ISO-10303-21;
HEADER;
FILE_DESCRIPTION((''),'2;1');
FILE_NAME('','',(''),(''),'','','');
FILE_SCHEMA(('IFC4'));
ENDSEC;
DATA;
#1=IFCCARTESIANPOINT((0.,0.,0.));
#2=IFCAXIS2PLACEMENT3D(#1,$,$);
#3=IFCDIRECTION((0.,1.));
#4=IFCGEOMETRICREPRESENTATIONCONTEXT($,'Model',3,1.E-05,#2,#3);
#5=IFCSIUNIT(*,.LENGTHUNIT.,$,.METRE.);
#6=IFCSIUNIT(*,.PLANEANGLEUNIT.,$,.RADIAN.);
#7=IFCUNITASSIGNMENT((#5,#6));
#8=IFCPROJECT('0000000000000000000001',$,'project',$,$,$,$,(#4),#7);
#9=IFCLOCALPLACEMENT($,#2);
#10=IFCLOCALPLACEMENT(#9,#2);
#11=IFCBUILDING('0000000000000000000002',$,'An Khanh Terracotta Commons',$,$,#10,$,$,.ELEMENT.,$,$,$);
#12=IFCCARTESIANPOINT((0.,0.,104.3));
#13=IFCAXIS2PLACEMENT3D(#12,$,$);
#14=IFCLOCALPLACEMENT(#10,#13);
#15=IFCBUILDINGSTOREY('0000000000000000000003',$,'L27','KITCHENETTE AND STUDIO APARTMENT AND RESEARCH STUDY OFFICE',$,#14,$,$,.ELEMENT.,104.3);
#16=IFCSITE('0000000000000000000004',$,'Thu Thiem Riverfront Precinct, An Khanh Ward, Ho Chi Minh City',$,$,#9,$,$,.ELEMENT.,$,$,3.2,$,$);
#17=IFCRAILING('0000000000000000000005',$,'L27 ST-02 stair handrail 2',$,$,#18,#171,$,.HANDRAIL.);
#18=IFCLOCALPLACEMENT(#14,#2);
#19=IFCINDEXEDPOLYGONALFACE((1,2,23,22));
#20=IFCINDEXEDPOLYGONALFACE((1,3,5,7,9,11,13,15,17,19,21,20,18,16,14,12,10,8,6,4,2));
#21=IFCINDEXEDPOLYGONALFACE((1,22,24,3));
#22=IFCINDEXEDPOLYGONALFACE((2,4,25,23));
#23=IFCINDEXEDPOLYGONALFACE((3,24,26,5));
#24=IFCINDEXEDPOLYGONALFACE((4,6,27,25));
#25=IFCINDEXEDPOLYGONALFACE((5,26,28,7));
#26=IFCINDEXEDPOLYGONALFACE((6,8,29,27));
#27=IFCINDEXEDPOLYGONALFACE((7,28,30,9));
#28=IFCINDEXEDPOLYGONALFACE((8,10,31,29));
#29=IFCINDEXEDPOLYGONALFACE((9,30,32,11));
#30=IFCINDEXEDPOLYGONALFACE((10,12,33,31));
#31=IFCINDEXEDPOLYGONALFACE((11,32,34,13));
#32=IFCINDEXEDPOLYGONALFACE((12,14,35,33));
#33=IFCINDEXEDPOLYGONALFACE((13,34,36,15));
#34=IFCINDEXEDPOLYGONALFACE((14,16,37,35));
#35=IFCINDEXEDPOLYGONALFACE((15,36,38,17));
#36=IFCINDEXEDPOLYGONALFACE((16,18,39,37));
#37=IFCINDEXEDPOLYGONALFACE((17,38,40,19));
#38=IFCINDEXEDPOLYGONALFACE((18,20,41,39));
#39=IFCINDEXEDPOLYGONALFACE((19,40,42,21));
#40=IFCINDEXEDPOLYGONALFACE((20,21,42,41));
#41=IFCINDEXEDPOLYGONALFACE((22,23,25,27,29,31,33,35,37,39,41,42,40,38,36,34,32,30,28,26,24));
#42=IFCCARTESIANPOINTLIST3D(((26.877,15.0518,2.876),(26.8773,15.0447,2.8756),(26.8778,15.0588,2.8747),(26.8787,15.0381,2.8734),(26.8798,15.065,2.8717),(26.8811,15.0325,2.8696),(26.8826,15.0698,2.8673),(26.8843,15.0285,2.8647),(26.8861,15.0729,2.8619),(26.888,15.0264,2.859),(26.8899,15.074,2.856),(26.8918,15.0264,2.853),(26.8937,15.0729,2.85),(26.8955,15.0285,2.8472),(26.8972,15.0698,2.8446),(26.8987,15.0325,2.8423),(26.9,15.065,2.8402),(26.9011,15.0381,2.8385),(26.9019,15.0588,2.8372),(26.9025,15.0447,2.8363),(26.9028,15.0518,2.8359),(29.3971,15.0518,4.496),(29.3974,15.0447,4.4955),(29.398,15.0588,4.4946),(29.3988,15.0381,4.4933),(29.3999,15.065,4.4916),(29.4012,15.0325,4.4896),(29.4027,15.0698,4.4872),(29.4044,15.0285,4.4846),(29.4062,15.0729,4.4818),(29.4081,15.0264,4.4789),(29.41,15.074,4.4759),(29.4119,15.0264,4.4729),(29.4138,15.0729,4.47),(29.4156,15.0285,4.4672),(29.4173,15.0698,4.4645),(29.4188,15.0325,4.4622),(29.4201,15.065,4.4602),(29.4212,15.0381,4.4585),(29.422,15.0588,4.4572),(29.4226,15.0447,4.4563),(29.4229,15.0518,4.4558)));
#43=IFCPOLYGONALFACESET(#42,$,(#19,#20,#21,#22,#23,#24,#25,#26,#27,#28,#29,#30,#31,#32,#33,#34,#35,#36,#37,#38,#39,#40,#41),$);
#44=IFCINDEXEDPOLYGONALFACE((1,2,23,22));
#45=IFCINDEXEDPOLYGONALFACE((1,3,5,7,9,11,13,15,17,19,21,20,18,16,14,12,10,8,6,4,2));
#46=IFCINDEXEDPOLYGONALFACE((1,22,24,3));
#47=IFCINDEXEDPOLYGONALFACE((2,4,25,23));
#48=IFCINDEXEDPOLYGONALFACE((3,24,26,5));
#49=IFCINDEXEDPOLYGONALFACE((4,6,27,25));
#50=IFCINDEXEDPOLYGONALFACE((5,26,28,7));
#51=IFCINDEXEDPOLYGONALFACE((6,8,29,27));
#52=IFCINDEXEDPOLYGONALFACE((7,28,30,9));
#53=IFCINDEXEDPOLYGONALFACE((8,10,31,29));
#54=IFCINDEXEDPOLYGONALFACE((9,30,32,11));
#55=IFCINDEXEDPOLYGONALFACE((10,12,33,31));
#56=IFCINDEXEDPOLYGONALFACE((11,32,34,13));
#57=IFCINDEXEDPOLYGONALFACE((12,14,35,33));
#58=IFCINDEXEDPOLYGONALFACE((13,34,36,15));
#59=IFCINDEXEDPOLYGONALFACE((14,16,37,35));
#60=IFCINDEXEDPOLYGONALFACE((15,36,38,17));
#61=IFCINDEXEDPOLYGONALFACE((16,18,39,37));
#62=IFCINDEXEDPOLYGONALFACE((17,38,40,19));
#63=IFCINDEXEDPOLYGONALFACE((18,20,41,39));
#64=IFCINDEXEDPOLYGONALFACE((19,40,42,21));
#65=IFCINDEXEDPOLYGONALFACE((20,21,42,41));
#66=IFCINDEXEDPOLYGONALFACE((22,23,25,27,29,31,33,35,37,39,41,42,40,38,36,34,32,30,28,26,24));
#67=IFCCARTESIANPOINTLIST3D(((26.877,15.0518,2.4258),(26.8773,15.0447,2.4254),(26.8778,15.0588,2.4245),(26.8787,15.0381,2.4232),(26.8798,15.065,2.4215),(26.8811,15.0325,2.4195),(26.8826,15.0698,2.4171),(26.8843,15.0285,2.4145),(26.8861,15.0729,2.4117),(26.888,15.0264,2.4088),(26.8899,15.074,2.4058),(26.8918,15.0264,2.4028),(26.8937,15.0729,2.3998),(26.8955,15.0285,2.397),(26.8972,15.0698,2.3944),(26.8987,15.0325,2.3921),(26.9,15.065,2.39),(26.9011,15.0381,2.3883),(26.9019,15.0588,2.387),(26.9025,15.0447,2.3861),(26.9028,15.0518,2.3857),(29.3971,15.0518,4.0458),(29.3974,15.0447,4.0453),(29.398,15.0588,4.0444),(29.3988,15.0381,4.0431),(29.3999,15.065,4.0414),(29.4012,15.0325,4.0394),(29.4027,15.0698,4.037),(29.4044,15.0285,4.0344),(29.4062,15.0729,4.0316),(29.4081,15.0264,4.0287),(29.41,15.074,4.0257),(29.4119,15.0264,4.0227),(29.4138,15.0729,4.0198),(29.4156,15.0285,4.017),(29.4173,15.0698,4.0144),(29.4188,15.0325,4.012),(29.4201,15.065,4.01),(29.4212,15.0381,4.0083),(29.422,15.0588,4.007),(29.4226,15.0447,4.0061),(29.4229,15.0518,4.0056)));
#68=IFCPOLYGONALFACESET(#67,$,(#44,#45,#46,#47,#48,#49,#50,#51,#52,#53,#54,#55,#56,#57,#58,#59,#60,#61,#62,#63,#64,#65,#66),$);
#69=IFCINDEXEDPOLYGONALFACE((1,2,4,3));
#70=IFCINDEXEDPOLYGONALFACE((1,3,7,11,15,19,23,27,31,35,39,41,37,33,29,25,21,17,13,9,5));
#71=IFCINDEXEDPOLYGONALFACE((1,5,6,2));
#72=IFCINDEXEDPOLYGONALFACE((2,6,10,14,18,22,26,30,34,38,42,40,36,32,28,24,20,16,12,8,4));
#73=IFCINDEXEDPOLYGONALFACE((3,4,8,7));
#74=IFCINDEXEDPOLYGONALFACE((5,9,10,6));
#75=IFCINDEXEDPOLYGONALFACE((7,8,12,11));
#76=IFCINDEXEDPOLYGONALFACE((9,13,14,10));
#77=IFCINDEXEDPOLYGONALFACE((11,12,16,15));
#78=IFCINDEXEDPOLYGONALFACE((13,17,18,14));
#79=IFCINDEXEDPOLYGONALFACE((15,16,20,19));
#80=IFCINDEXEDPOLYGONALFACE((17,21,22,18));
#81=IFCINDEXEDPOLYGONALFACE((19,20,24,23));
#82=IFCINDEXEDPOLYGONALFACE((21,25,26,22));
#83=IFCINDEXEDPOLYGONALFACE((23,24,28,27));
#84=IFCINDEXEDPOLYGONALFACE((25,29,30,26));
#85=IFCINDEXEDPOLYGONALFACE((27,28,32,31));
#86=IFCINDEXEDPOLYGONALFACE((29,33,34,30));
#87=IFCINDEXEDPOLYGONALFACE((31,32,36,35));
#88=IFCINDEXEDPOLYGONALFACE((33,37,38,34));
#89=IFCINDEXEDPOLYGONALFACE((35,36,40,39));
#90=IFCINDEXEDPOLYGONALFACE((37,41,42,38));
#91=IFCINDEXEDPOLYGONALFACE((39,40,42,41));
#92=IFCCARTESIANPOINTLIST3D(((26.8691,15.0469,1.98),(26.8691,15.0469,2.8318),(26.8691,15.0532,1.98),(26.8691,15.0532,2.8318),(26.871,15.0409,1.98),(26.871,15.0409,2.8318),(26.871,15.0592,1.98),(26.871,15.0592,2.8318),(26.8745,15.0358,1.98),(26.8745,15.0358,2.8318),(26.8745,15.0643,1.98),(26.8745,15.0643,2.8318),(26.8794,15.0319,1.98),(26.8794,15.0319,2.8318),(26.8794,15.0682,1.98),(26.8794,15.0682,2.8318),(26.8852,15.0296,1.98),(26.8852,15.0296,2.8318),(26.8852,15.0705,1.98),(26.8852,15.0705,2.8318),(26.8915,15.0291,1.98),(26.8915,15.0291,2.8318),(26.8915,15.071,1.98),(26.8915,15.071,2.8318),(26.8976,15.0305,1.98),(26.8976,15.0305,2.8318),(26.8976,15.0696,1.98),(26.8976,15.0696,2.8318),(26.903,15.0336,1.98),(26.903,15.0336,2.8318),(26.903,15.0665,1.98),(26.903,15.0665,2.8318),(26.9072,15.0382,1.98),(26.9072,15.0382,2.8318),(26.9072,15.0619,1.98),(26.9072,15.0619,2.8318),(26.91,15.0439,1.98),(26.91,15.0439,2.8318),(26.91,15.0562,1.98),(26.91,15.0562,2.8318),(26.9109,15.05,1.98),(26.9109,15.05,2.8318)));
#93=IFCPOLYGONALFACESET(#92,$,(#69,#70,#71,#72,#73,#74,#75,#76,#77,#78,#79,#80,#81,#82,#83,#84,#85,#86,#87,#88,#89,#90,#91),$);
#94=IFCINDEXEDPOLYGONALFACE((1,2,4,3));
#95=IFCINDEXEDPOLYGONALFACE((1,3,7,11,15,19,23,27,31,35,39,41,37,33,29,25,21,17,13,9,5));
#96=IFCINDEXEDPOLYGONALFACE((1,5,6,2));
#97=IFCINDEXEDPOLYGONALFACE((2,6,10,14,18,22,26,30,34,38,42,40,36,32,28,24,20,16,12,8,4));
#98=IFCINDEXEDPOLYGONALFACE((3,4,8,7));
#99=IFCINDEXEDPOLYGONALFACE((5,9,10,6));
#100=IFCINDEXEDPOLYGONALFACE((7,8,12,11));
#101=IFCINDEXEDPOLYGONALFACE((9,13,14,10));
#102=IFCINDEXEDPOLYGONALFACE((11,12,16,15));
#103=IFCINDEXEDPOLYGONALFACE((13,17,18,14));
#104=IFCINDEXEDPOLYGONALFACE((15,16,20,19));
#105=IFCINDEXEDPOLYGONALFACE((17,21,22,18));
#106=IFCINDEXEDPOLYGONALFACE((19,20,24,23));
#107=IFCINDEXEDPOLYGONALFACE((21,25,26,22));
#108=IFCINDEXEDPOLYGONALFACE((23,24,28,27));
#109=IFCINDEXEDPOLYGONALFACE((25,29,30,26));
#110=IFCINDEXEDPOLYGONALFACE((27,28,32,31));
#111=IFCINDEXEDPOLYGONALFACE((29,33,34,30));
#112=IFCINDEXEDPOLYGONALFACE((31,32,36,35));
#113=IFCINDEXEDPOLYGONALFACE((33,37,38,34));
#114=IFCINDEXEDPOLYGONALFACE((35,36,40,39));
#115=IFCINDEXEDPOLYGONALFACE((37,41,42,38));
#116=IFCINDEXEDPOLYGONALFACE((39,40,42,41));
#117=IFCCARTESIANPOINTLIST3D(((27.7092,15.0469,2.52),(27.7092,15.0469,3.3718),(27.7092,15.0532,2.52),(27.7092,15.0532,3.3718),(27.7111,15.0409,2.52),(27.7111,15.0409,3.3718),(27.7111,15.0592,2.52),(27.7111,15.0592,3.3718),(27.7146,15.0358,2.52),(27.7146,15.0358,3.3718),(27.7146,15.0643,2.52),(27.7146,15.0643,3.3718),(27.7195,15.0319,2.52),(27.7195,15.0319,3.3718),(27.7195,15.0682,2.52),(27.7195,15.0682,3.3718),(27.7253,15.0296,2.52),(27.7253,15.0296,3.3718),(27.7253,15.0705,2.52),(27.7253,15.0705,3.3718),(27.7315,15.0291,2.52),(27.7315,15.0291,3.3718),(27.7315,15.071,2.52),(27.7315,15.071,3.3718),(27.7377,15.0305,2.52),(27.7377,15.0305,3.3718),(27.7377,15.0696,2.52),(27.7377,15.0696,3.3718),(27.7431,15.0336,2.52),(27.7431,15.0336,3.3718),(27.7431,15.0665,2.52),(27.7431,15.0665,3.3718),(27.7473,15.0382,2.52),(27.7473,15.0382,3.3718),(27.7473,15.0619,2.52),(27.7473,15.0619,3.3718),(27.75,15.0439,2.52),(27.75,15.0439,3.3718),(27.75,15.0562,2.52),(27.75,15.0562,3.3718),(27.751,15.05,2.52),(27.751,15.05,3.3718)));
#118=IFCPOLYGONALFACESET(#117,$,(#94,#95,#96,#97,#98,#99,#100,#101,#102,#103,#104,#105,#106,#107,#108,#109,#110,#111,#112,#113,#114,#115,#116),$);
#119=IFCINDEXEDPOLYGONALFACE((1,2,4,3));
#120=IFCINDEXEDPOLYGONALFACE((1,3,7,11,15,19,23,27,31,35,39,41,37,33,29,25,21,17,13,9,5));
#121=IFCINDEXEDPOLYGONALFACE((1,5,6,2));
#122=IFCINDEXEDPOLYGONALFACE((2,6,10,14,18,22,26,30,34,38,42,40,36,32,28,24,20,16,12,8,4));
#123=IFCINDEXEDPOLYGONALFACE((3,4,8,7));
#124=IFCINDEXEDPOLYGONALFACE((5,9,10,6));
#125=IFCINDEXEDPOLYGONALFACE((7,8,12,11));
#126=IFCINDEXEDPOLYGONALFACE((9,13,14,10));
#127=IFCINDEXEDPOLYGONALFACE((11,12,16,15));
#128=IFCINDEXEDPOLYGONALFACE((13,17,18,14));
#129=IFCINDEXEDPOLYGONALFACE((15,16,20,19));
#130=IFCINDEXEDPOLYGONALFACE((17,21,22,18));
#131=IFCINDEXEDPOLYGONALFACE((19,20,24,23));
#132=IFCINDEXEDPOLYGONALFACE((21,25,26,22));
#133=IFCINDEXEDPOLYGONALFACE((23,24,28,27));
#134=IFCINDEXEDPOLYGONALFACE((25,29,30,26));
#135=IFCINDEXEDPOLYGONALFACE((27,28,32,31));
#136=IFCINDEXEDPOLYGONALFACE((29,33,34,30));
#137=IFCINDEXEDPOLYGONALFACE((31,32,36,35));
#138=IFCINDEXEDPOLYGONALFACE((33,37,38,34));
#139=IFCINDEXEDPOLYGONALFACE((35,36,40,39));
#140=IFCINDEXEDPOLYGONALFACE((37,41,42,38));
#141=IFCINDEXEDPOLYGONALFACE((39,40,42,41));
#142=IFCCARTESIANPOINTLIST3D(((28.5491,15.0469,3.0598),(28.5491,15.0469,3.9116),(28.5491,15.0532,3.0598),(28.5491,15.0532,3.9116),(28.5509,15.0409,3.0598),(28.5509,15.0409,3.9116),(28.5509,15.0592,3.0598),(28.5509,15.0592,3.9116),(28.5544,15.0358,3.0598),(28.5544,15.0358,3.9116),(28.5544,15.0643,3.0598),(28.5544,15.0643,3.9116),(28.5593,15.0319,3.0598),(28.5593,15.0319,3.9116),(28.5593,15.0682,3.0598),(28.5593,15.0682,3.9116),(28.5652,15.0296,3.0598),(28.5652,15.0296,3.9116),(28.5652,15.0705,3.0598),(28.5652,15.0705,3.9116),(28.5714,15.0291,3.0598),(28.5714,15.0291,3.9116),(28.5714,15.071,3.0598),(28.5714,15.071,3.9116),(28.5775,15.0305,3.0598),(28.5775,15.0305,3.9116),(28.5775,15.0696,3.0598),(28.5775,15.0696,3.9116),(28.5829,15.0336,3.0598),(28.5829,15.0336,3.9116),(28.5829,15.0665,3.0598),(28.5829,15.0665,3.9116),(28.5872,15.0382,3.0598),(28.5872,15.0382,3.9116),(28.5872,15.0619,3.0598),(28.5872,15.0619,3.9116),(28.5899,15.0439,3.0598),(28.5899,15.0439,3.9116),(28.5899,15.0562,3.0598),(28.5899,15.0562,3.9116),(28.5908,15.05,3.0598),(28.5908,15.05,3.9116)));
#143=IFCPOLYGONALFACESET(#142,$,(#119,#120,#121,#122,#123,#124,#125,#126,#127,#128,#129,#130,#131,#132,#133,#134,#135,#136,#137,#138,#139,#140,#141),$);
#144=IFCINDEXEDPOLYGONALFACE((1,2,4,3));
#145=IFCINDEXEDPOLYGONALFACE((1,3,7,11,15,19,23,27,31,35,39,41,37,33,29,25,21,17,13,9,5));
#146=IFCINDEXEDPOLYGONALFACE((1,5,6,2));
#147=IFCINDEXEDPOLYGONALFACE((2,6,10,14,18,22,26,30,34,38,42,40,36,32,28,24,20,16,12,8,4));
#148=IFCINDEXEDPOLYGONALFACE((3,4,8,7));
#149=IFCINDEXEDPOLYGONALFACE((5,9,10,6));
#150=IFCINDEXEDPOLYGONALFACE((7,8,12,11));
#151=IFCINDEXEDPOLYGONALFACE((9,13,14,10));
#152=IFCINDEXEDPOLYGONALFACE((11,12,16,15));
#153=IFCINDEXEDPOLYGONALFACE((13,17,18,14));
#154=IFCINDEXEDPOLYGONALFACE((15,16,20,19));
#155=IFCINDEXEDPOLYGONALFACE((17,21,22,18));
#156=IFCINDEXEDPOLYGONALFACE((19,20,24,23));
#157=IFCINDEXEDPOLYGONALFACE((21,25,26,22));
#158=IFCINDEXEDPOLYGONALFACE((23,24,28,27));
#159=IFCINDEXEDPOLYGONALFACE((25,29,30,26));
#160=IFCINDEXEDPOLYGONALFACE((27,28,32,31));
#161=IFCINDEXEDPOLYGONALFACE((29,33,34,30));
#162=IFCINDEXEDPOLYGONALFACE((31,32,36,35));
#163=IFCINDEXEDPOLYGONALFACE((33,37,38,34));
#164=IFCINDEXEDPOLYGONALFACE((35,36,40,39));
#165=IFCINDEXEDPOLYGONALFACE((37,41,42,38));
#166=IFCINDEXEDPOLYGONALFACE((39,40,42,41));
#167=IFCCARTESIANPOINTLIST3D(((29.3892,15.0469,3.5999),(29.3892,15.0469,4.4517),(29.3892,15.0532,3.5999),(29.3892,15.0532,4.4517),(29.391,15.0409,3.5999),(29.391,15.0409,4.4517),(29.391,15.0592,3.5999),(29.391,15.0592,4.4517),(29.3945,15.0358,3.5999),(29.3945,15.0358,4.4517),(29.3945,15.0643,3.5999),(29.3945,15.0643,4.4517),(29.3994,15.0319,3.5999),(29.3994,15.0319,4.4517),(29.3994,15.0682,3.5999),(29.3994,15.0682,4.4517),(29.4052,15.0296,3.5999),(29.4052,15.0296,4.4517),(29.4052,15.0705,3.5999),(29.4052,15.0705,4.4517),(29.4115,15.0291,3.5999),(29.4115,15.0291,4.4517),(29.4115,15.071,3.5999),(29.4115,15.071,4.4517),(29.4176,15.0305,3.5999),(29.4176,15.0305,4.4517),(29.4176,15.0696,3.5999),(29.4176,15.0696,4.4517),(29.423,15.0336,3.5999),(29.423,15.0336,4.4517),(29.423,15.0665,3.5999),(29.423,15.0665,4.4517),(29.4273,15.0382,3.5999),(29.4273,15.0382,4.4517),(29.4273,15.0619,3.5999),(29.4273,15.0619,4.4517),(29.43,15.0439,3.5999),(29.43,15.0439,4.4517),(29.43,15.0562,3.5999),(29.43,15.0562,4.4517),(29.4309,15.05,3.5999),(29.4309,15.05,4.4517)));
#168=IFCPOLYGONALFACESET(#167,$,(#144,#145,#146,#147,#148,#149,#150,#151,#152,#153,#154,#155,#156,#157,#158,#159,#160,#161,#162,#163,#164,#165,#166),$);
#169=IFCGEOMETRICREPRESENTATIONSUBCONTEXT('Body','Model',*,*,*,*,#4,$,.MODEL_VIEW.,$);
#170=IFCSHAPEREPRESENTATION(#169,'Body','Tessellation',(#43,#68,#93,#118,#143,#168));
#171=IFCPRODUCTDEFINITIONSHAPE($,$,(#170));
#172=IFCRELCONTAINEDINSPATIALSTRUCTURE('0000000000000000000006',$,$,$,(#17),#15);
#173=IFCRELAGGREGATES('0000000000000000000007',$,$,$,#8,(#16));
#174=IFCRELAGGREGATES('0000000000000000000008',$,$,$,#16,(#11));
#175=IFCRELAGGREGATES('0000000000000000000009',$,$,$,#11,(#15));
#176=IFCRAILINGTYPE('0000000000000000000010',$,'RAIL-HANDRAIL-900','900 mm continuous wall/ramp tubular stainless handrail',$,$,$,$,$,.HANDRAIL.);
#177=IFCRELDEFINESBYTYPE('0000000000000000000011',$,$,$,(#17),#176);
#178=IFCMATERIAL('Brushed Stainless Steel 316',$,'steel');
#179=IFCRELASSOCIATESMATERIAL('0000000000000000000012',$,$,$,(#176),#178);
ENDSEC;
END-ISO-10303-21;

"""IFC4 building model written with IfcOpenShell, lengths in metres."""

from ifc_helpers import new_model, si_unit, direction, frame, origin, origin_2d, place, context, subcontext, project, spatial, circle, extrude, material, type_object, element, save


model = new_model("IFC4")

# Units and contexts
model_context = context("Model", 3, precision=1e-05, world=origin(), true_north=direction((0.0, 1.0)))
body_context = subcontext(model_context, "Body", "Model", "MODEL_VIEW")
ifc_project = project(units=[si_unit("LENGTHUNIT", "METRE"), si_unit("PLANEANGLEUNIT", "RADIAN")], contexts=[model_context])

# Site, building, storey
site_placement = place(None, origin())
site = spatial("IfcSite", under=ifc_project, at=site_placement, Name="Thu Thiem Riverfront Precinct, An Khanh Ward, Ho Chi Minh City", CompositionType="ELEMENT", RefElevation=3.2)
building_placement = place(site_placement, origin())
building = spatial("IfcBuilding", under=site, at=building_placement, Name="An Khanh Terracotta Commons", CompositionType="ELEMENT")
storey_placement = place(building_placement, frame((0.0, 0.0, 104.3)))
storey = spatial("IfcBuildingStorey", under=building, at=storey_placement, Name="L27", Description="KITCHENETTE AND STUDIO APARTMENT AND RESEARCH STUDY OFFICE", CompositionType="ELEMENT", Elevation=104.3)

# Railing
ifc_material_1 = material(Name="Brushed Stainless Steel 316", Category="steel")
railing_type_1 = type_object("IfcRailingType", Name="RAIL-HANDRAIL-900", Description="900 mm continuous wall/ramp tubular stainless handrail", PredefinedType="HANDRAIL", material=ifc_material_1)
railing_1_placement = place(storey_placement, frame((26.8899, 15.05, 1.98)))
element("IfcRailing", 1, at=railing_1_placement, inside=storey, type_object=railing_type_1, Name="L27 ST-02 stair handrail 2", PredefinedType="HANDRAIL", context=body_context, shape_type="SweptSolid", body=[
    extrude(circle(Radius=0.0239, at=origin_2d()), frame((0.0, 0.0, 0.876), z_axis=(0.8412, 0.0, 0.540725), x_axis=(0.0, 1.0, 0.0)), (0.0, 0.0, 1.0), 2.9958),
    extrude(circle(Radius=0.0239, at=origin_2d()), frame((0.0, 0.0, 0.4258), z_axis=(0.8412, 0.0, 0.540725), x_axis=(0.0, 1.0, 0.0)), (0.0, 0.0, 1.0), 2.9958),
    extrude(circle(Radius=0.021, at=origin_2d()), origin(), (0.0, 0.0, 1.0), 0.8518),
    extrude(circle(Radius=0.021, at=origin_2d()), frame((0.8401, 0.0, 0.54)), (0.0, 0.0, 1.0), 0.8518),
    extrude(circle(Radius=0.021, at=origin_2d()), frame((1.6799, 0.0, 1.0798)), (0.0, 0.0, 1.0), 0.8518),
    extrude(circle(Radius=0.021, at=origin_2d()), frame((2.52, 0.0, 1.6199)), (0.0, 0.0, 1.0), 0.8518),
])

save(model, "model.ifc")
